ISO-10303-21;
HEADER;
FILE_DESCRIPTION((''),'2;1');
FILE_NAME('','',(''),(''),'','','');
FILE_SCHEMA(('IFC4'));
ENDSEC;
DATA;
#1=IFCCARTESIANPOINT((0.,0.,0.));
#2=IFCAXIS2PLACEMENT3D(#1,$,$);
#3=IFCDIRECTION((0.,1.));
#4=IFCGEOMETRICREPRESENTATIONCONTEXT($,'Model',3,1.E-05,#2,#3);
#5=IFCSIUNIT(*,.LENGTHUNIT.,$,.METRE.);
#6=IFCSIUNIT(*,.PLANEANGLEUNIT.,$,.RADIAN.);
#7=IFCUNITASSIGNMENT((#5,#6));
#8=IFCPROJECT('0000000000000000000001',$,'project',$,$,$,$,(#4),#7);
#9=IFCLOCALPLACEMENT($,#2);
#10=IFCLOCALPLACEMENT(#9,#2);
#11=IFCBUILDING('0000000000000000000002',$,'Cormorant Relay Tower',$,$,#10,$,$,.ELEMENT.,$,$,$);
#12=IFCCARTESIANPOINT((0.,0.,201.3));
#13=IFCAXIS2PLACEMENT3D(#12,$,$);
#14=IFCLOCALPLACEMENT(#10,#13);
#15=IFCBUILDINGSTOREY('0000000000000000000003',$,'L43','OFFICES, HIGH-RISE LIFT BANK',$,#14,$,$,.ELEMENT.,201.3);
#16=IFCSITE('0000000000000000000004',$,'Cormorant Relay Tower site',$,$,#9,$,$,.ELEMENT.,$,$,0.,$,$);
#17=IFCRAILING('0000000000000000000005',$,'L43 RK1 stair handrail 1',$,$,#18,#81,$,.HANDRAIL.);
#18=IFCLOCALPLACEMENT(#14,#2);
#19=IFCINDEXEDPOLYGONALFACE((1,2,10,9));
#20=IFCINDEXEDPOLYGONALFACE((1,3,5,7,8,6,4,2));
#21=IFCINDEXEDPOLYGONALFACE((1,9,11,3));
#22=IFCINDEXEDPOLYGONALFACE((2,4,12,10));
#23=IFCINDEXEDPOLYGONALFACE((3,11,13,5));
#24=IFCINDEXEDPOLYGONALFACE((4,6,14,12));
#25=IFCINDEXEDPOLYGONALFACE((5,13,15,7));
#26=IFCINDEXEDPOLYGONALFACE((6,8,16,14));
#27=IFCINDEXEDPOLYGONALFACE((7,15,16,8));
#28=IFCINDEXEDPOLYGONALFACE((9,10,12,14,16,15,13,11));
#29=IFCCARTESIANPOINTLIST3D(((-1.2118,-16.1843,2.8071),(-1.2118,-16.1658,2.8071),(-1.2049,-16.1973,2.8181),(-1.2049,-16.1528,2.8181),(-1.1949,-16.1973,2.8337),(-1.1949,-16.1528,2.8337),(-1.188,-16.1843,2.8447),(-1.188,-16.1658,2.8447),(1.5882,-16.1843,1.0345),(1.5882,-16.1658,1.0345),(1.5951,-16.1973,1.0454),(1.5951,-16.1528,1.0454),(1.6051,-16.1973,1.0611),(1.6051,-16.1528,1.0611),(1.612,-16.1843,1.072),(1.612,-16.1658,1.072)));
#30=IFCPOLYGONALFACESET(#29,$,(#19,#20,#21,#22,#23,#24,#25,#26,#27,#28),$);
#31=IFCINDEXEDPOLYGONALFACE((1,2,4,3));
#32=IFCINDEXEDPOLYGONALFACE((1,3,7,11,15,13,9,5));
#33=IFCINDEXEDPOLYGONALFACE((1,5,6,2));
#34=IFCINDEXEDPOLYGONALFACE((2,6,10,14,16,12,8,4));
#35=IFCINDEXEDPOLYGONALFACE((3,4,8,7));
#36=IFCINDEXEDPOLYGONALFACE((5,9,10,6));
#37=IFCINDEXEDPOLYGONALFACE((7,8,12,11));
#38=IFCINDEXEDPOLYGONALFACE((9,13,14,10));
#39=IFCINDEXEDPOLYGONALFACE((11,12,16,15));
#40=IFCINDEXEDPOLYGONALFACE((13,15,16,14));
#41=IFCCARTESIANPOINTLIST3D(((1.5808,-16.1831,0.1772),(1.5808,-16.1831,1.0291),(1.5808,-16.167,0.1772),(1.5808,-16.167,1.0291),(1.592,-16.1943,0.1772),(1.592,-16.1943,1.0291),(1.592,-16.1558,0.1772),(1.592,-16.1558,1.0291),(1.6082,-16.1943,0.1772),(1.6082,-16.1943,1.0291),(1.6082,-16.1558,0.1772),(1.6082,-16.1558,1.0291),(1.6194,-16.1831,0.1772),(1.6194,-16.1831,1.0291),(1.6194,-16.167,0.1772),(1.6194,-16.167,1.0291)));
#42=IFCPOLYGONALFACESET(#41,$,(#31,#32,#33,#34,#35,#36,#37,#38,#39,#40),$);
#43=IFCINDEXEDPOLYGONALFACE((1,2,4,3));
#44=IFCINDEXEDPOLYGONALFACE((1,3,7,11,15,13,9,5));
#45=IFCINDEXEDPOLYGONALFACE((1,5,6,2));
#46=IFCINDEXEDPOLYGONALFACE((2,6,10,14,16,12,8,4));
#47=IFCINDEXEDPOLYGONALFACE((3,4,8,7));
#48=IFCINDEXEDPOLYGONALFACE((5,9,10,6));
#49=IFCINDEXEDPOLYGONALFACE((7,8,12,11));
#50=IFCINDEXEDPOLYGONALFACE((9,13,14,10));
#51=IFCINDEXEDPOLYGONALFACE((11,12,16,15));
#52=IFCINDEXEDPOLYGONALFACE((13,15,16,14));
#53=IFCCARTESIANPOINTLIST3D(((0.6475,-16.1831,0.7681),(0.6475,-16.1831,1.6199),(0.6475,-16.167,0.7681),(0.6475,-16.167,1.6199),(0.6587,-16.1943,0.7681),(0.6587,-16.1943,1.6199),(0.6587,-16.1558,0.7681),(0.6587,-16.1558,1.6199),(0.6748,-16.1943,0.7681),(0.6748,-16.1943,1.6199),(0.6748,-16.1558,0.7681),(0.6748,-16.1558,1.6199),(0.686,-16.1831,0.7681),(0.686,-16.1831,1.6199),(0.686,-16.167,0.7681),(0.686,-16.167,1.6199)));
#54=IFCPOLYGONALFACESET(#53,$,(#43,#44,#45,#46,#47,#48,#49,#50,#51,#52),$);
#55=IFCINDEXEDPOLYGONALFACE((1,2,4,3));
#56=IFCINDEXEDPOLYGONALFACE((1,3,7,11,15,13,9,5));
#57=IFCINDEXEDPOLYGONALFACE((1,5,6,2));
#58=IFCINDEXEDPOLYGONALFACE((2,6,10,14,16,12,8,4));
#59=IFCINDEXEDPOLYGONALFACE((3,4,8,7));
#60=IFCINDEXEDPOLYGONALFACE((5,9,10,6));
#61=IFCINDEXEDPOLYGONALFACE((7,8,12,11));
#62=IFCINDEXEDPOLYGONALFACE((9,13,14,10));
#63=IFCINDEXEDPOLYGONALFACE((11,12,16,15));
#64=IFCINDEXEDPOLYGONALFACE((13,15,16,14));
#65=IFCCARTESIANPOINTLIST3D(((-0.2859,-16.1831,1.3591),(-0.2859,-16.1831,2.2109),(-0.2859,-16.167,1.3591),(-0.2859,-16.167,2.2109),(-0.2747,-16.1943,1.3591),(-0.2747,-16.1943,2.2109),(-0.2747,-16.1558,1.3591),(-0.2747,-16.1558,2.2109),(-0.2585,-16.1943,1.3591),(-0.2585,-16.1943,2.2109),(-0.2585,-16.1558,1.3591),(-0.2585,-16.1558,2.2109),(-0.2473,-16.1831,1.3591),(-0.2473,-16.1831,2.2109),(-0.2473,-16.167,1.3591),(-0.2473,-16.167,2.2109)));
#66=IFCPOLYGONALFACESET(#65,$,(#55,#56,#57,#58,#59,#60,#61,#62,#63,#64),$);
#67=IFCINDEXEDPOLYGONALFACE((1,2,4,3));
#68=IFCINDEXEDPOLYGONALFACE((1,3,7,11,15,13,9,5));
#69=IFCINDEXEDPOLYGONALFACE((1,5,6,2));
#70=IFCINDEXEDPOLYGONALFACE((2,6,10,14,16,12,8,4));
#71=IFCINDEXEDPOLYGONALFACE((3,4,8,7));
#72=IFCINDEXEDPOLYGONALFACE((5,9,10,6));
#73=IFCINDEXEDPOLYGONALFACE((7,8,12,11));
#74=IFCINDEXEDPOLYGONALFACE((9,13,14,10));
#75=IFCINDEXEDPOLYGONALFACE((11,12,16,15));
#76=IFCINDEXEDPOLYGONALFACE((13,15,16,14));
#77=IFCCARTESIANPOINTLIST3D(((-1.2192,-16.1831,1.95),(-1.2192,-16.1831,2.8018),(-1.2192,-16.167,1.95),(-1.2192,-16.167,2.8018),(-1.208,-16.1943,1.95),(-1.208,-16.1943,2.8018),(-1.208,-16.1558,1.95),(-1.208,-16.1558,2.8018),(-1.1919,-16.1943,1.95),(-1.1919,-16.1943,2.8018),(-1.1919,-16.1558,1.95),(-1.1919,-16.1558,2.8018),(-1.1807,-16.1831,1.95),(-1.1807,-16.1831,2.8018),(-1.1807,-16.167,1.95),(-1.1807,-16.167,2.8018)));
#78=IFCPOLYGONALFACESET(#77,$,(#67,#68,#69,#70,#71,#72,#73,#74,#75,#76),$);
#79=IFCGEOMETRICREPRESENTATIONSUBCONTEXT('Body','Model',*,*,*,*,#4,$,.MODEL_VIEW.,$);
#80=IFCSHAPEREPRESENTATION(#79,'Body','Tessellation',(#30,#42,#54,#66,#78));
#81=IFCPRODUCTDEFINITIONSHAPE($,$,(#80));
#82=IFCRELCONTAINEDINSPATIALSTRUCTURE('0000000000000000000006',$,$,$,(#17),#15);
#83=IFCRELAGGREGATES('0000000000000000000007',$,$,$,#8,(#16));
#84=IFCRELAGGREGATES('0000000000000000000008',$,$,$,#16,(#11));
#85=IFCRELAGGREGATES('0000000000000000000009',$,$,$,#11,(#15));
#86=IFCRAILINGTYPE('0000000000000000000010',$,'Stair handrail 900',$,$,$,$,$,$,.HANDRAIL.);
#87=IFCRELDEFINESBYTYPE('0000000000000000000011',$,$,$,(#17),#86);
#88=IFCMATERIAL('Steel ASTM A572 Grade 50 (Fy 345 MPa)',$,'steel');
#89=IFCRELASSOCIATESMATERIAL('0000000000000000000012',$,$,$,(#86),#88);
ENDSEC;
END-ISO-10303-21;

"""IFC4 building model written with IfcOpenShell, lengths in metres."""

from ifc_helpers import new_model, si_unit, direction, frame, origin, place, context, subcontext, project, spatial, polyline, outline, extrude, material, type_object, element, save


model = new_model("IFC4")

# Units and contexts
model_context = context("Model", 3, precision=1e-05, world=origin(), true_north=direction((0.0, 1.0)))
body_context = subcontext(model_context, "Body", "Model", "MODEL_VIEW")
ifc_project = project(units=[si_unit("LENGTHUNIT", "METRE"), si_unit("PLANEANGLEUNIT", "RADIAN")], contexts=[model_context])

# Site, building, storey
site_placement = place(None, origin())
site = spatial("IfcSite", under=ifc_project, at=site_placement, Name="Cormorant Relay Tower site", CompositionType="ELEMENT", RefElevation=0.0)
building_placement = place(site_placement, origin())
building = spatial("IfcBuilding", under=site, at=building_placement, Name="Cormorant Relay Tower", CompositionType="ELEMENT")
storey_placement = place(building_placement, frame((0.0, 0.0, 201.3)))
storey = spatial("IfcBuildingStorey", under=building, at=storey_placement, Name="L43", Description="OFFICES, HIGH-RISE LIFT BANK", CompositionType="ELEMENT", Elevation=201.3)

# Railing
ifc_material_1 = material(Name="Steel ASTM A572 Grade 50 (Fy 345 MPa)", Category="steel")
railing_type = type_object("IfcRailingType", Name="Stair handrail 900", PredefinedType="HANDRAIL", material=ifc_material_1)
railing_placement = place(storey_placement, frame((1.6001, -16.175, 0.1772)))
element("IfcRailing", 1, at=railing_placement, inside=storey, type_object=railing_type, Name="L43 RK1 stair handrail 1", PredefinedType="HANDRAIL", context=body_context, shape_type="SweptSolid", body=[
    extrude(outline(polyline([(0.0222, 0.0093), (0.0093, 0.0222), (-0.0093, 0.0222), (-0.0222, 0.0093), (-0.0222, -0.0093), (-0.0093, -0.0222), (0.0093, -0.0222), (0.0222, -0.0093), (0.0222, 0.0093)])), frame((0.0, 0.0, 0.876), z_axis=(-0.844909, 0.0, 0.53491), x_axis=(0.0, -1.0, 0.0)), (0.0, 0.0, 1.0), 3.314),
    extrude(outline(polyline([(0.0193, 0.0081), (0.0081, 0.0193), (-0.0081, 0.0193), (-0.0193, 0.0081), (-0.0193, -0.0081), (-0.0081, -0.0193), (0.0081, -0.0193), (0.0193, -0.0081), (0.0193, 0.0081)])), origin(), (0.0, 0.0, 1.0), 0.8518),
    extrude(outline(polyline([(0.0193, 0.0081), (0.0081, 0.0193), (-0.0081, 0.0193), (-0.0193, 0.0081), (-0.0193, -0.0081), (-0.0081, -0.0193), (0.0081, -0.0193), (0.0193, -0.0081), (0.0193, 0.0081)])), frame((-0.9333, 0.0, 0.5908)), (0.0, 0.0, 1.0), 0.8518),
    extrude(outline(polyline([(0.0193, 0.0081), (0.0081, 0.0193), (-0.0081, 0.0193), (-0.0193, 0.0081), (-0.0193, -0.0081), (-0.0081, -0.0193), (0.0081, -0.0193), (0.0193, -0.0081), (0.0193, 0.0081)])), frame((-1.8667, 0.0, 1.1819)), (0.0, 0.0, 1.0), 0.8518),
    extrude(outline(polyline([(0.0193, 0.0081), (0.0081, 0.0193), (-0.0081, 0.0193), (-0.0193, 0.0081), (-0.0193, -0.0081), (-0.0081, -0.0193), (0.0081, -0.0193), (0.0193, -0.0081), (0.0193, 0.0081)])), frame((-2.8, 0.0, 1.7727)), (0.0, 0.0, 1.0), 0.8518),
])

save(model, "model.ifc")
